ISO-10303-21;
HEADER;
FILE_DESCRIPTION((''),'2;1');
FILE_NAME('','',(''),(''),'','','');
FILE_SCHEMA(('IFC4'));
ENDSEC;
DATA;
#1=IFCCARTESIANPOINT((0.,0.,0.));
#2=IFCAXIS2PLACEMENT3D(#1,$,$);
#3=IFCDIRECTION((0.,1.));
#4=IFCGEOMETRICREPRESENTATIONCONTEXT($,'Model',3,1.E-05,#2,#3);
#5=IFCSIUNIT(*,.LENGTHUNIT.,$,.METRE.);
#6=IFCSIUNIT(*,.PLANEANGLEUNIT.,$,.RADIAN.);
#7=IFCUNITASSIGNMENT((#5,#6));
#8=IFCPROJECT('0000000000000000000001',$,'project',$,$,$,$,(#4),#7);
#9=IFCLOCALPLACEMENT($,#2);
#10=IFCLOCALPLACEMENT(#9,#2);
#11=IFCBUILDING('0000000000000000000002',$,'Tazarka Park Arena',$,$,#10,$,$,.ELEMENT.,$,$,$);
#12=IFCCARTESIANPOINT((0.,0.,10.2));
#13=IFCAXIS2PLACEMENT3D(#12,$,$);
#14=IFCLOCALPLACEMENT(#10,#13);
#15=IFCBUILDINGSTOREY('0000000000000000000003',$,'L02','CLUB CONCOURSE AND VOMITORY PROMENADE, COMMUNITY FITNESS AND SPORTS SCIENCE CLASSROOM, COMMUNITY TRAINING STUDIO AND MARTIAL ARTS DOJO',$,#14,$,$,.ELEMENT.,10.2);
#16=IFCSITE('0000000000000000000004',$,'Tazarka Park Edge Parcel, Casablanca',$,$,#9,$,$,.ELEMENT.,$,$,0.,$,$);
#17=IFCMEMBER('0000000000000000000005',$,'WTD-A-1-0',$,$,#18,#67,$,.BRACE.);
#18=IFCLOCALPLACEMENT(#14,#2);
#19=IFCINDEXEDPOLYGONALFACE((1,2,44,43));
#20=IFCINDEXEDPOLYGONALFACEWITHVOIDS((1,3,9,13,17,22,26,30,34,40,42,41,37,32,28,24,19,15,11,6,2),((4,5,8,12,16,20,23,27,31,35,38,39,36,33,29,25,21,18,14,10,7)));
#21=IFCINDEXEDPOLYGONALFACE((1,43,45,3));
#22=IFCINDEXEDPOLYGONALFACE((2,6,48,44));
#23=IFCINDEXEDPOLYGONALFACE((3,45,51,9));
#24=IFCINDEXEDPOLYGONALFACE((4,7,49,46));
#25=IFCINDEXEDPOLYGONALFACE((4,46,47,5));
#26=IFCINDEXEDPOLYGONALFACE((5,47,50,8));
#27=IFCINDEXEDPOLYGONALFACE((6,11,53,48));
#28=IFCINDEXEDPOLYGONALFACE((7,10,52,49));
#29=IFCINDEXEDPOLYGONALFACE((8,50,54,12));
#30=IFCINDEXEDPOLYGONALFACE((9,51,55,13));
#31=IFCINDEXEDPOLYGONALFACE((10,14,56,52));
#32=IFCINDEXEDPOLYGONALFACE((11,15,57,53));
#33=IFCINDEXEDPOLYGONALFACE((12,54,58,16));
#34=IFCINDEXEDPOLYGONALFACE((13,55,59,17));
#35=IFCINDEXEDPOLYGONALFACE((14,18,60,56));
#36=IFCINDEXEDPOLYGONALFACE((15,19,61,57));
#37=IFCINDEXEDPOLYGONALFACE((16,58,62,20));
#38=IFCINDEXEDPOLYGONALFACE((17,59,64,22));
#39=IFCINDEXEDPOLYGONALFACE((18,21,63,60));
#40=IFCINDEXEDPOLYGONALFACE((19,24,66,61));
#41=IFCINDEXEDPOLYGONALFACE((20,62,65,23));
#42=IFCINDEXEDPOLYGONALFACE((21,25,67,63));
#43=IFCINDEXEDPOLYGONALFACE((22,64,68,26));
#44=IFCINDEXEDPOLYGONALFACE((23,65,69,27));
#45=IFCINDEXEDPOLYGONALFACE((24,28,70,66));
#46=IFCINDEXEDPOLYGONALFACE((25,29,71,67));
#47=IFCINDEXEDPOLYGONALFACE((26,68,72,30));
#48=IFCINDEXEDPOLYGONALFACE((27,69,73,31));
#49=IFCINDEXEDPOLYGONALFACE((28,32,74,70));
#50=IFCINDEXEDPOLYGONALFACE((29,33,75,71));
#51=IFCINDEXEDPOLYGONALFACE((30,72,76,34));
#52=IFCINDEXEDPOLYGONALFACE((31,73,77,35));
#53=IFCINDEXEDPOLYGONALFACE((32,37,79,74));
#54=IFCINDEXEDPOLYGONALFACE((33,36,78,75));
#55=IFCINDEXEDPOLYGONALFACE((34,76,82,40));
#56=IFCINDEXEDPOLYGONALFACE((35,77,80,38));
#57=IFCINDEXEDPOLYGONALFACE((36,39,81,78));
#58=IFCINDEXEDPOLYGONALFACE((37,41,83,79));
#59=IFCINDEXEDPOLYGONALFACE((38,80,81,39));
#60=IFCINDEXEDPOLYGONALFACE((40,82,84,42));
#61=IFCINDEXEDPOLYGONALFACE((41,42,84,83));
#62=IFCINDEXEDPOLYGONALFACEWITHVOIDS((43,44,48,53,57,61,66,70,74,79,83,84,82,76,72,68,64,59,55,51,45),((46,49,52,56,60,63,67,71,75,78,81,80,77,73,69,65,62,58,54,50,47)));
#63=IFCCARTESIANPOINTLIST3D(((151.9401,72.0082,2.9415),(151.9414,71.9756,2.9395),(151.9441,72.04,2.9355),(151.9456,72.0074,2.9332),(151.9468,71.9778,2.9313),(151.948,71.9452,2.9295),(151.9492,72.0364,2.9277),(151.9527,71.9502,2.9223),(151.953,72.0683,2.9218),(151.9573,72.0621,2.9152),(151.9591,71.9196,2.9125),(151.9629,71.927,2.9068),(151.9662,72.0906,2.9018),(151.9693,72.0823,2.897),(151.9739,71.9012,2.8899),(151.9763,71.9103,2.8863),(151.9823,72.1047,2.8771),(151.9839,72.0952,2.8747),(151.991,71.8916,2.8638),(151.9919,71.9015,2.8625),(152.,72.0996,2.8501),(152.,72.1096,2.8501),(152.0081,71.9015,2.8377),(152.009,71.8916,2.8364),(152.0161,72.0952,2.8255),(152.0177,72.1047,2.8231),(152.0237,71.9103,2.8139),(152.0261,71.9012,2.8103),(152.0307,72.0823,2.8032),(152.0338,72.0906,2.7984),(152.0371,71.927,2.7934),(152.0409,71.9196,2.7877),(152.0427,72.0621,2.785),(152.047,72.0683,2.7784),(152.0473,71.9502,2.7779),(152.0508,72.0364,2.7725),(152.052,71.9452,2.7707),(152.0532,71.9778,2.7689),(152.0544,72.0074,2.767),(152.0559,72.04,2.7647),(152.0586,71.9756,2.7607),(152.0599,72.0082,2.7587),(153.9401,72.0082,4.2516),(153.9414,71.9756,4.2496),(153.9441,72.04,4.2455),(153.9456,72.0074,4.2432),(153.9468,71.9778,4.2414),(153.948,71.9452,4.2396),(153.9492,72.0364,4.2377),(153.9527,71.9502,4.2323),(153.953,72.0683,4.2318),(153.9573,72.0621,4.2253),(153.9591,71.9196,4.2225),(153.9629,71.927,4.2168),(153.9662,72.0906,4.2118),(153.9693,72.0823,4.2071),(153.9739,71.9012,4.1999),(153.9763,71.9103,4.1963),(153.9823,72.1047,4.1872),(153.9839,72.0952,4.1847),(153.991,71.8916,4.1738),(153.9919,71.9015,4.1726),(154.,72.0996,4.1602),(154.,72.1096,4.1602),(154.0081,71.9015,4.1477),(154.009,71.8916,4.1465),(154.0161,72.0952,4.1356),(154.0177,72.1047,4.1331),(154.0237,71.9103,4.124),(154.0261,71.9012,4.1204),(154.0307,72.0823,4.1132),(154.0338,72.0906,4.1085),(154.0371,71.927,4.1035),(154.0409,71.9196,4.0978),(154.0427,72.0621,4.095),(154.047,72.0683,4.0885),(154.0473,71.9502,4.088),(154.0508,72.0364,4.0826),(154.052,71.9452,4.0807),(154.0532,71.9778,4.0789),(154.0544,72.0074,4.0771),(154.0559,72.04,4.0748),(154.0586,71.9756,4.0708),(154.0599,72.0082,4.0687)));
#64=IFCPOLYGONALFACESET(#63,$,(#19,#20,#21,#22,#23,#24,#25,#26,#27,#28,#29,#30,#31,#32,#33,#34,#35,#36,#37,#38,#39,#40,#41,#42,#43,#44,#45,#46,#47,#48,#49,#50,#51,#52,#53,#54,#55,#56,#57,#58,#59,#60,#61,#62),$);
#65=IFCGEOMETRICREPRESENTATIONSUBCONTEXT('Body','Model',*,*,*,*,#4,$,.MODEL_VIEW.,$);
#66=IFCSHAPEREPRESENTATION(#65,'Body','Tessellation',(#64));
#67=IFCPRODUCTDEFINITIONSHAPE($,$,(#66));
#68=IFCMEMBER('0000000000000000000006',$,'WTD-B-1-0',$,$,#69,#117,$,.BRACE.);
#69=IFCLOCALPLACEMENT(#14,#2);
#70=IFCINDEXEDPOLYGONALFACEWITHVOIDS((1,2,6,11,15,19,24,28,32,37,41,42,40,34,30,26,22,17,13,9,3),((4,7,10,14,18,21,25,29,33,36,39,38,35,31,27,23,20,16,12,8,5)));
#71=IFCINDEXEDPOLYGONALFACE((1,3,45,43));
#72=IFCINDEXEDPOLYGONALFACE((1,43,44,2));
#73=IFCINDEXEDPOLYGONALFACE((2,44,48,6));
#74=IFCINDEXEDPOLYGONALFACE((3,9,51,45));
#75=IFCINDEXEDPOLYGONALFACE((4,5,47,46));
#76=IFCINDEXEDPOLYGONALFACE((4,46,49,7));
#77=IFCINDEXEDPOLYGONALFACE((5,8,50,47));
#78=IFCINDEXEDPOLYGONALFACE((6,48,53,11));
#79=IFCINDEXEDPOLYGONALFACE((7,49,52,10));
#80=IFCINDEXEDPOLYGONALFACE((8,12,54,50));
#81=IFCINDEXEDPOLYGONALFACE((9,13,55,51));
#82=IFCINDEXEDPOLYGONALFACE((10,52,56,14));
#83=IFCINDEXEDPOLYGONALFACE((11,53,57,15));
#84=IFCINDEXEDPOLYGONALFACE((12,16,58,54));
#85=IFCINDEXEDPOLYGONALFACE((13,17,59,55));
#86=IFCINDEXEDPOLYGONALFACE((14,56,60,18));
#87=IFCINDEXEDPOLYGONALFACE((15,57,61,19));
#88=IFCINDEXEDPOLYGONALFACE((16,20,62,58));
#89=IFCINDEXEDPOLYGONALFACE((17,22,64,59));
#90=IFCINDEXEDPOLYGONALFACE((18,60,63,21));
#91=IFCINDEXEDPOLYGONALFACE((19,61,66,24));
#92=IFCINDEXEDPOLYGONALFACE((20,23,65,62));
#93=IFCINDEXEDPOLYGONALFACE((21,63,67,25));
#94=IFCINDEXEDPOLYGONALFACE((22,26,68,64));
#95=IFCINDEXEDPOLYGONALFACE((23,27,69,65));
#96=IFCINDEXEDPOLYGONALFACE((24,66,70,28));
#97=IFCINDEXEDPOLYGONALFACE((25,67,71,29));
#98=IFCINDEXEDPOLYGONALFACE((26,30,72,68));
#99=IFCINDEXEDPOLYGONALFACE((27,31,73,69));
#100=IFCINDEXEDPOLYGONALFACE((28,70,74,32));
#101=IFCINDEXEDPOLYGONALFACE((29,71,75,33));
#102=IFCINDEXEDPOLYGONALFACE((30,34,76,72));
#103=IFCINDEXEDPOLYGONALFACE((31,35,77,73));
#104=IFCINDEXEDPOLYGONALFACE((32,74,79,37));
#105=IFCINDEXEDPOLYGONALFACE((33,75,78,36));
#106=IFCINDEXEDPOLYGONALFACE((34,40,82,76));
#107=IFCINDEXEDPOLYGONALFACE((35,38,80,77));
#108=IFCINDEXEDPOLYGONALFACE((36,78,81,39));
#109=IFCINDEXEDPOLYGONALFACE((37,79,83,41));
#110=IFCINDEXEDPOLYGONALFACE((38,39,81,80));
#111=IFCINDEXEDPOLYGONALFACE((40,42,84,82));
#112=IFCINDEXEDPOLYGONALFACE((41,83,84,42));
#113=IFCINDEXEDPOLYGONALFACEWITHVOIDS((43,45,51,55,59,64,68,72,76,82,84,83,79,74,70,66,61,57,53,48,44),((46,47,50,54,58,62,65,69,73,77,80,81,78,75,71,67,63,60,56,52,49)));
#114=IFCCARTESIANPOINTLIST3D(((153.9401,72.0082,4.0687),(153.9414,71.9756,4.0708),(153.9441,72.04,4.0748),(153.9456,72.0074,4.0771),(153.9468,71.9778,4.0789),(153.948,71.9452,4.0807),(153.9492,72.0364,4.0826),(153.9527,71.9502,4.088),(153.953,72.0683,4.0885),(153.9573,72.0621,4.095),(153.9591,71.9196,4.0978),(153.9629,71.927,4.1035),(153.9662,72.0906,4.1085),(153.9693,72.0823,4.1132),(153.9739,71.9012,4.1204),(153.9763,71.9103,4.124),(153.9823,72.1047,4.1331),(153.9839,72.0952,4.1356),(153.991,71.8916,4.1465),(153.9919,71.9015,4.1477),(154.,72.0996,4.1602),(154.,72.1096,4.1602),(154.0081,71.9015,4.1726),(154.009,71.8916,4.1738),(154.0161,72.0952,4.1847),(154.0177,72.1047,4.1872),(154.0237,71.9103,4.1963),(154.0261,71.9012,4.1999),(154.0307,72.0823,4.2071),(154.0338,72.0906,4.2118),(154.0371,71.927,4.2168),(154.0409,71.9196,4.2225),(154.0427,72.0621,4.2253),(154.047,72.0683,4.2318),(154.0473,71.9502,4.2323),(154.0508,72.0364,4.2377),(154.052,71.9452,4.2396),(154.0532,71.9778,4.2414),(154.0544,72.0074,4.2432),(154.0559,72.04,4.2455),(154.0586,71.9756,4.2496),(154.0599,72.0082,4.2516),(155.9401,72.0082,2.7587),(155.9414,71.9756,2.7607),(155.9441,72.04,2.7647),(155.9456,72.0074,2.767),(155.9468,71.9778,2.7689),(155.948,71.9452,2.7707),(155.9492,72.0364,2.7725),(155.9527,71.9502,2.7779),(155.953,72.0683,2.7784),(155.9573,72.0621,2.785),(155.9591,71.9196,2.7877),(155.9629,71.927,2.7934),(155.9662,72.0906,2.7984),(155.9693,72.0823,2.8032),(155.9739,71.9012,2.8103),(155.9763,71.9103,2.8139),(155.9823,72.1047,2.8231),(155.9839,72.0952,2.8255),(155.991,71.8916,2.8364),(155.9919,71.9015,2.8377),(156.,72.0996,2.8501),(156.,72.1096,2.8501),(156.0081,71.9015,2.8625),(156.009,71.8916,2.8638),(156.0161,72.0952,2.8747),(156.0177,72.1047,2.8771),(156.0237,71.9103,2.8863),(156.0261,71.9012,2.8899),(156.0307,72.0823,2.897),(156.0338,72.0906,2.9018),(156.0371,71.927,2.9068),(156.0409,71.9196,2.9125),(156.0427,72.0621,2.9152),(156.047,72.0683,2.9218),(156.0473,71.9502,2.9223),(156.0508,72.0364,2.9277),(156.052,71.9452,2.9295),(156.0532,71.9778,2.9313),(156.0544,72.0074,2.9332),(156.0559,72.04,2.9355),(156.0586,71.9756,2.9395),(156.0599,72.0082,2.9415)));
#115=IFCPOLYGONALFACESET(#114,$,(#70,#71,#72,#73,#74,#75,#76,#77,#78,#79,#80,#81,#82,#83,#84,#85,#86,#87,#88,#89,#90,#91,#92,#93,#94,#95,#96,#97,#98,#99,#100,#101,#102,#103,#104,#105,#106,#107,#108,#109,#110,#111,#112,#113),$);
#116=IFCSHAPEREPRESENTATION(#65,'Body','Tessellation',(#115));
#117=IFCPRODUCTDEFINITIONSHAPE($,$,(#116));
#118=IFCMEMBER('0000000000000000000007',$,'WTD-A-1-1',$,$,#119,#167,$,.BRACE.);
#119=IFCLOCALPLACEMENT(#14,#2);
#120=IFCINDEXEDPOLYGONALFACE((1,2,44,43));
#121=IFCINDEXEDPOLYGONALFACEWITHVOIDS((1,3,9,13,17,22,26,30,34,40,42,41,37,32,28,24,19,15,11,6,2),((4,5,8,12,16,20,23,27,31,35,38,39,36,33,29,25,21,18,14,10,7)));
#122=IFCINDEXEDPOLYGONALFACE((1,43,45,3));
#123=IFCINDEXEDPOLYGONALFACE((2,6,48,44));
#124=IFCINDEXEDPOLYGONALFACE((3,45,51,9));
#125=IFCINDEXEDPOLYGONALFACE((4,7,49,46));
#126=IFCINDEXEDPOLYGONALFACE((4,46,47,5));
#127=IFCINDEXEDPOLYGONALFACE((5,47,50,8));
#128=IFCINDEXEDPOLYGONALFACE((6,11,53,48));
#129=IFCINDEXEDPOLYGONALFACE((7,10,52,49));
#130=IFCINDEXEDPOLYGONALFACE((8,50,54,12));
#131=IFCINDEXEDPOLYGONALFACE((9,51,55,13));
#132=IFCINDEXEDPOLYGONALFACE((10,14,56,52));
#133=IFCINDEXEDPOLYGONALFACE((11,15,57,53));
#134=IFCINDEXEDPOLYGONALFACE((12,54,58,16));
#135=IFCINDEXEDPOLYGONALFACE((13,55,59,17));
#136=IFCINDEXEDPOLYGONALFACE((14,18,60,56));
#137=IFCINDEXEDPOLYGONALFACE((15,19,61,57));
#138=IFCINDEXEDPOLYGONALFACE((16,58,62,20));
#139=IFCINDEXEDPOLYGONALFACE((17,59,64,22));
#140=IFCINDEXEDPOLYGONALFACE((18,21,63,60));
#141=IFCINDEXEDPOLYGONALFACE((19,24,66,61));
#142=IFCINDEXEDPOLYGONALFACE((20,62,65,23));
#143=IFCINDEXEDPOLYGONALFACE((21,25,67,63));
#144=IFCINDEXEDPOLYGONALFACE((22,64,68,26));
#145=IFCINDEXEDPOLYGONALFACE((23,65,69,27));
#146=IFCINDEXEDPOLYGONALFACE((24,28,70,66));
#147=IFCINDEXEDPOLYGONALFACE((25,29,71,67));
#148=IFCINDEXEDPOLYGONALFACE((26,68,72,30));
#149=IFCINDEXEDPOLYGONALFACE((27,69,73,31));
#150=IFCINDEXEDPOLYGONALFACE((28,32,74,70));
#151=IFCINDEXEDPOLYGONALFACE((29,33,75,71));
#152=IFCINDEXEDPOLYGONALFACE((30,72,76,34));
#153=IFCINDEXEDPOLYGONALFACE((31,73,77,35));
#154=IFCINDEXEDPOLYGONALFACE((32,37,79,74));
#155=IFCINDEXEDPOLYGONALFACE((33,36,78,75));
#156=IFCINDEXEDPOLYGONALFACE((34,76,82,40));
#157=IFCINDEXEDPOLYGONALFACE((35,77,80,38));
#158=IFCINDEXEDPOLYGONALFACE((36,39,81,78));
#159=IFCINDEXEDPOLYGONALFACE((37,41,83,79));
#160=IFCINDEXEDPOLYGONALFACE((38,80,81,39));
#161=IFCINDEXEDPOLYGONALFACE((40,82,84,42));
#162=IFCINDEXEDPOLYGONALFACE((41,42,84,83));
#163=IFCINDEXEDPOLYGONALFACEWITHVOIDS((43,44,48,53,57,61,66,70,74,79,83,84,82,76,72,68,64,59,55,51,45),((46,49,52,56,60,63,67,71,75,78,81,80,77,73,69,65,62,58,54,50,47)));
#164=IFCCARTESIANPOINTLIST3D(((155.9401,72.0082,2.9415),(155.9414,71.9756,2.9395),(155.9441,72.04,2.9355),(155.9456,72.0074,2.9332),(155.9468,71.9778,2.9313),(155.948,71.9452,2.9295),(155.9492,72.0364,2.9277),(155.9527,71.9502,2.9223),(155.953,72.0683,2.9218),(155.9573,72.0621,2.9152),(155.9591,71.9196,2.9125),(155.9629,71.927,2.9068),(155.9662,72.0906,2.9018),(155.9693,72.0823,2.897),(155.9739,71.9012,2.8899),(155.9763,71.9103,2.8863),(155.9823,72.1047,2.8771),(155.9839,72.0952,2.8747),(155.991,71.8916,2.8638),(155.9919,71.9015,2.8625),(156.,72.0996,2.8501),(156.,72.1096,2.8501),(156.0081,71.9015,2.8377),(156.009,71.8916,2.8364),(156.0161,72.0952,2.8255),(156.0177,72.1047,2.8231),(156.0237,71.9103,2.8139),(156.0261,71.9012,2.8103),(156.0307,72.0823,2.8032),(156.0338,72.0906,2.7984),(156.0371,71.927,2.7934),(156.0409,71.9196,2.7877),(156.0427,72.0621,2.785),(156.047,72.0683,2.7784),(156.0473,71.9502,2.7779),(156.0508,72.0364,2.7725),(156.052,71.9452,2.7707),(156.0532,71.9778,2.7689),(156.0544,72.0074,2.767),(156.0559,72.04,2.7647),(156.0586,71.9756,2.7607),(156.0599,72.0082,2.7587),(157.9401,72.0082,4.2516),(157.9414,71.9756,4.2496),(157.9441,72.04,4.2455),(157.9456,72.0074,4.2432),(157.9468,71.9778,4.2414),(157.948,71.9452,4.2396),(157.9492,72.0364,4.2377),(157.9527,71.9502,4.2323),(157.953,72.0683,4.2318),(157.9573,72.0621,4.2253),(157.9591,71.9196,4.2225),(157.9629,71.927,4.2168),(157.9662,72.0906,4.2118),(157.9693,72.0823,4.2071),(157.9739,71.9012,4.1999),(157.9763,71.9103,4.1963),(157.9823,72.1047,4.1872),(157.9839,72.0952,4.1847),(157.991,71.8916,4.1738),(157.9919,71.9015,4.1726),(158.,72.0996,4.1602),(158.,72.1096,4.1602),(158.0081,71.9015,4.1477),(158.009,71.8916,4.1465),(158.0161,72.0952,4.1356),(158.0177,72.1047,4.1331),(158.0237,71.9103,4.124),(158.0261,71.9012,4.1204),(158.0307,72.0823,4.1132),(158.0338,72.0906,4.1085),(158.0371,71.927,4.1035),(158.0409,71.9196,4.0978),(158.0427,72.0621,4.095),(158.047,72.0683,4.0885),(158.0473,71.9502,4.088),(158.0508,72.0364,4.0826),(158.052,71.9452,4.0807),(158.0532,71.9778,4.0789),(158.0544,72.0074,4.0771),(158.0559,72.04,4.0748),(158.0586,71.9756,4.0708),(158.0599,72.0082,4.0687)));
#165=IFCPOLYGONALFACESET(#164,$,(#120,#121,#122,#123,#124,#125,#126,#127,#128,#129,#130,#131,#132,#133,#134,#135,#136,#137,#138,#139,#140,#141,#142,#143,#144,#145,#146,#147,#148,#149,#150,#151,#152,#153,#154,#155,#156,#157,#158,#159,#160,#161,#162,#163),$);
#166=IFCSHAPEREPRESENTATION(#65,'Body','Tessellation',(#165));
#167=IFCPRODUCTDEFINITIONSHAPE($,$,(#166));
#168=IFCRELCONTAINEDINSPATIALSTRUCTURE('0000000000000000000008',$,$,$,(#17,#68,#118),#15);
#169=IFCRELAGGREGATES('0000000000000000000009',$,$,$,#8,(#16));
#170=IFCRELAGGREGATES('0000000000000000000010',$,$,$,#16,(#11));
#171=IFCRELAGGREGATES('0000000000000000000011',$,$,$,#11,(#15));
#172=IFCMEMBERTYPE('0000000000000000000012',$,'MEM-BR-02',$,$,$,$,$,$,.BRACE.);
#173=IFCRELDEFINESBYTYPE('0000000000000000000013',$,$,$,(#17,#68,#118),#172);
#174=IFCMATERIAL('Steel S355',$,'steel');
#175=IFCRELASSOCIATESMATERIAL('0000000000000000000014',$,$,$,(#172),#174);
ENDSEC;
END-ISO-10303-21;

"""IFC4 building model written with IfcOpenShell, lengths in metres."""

from ifc_helpers import new_model, si_unit, direction, frame, origin, origin_2d, place, context, subcontext, project, spatial, hollow_circle, extrude, material, material_profile, profile_set, type_object, element, save


model = new_model("IFC4")

# Units and contexts
model_context = context("Model", 3, precision=1e-05, world=origin(), true_north=direction((0.0, 1.0)))
body_context = subcontext(model_context, "Body", "Model", "MODEL_VIEW")
ifc_project = project(units=[si_unit("LENGTHUNIT", "METRE"), si_unit("PLANEANGLEUNIT", "RADIAN")], contexts=[model_context])

# Site, building, storey
site_placement = place(None, origin())
site = spatial("IfcSite", under=ifc_project, at=site_placement, Name="Tazarka Park Edge Parcel, Casablanca", CompositionType="ELEMENT", RefElevation=0.0)
building_placement = place(site_placement, origin())
building = spatial("IfcBuilding", under=site, at=building_placement, Name="Tazarka Park Arena", CompositionType="ELEMENT")
storey_placement = place(building_placement, frame((0.0, 0.0, 10.2)))
storey = spatial("IfcBuildingStorey", under=building, at=storey_placement, Name="L02", Description="CLUB CONCOURSE AND VOMITORY PROMENADE, COMMUNITY FITNESS AND SPORTS SCIENCE CLASSROOM, COMMUNITY TRAINING STUDIO AND MARTIAL ARTS DOJO", CompositionType="ELEMENT", Elevation=10.2)

# Members
ifc_material_1 = material(Name="Steel S355", Category="steel")
ifc_material_profile_1 = material_profile(ifc_material_1, hollow_circle(Radius=0.1096, WallThickness=0.01, at=origin_2d()), Name="Steel S355")
ifc_profile_set_1 = profile_set([ifc_material_profile_1], Name="Steel S355")
member_type_1 = type_object("IfcMemberType", Name="MEM-BR-02", PredefinedType="BRACE", material=ifc_profile_set_1)
for number, where, z_axis, x_axis, name in (
    (1, (152.0, 72.0, 2.8501), (0.836516, 0.0, 0.547942), (0.0, 1.0, 0.0), "WTD-A-1-0"),
    (2, (154.0, 72.0, 4.1602), (0.836516, 0.0, -0.547942), (0.0, 1.0, 0.0), "WTD-B-1-0"),
    (3, (156.0, 72.0, 2.8501), (0.836516, 0.0, 0.547942), (0.0, 1.0, 0.0), "WTD-A-1-1"),
):
    element("IfcMember", number, at=place(storey_placement, frame(where, z_axis=z_axis, x_axis=x_axis)), inside=storey, type_object=member_type_1, Name=name, PredefinedType="BRACE", context=body_context, shape_type="SweptSolid", body=[
        extrude(hollow_circle(Radius=0.1096, WallThickness=0.01, at=origin_2d()), origin(), (0.0, 0.0, 1.0), 2.3909),
    ])

save(model, "model.ifc")
